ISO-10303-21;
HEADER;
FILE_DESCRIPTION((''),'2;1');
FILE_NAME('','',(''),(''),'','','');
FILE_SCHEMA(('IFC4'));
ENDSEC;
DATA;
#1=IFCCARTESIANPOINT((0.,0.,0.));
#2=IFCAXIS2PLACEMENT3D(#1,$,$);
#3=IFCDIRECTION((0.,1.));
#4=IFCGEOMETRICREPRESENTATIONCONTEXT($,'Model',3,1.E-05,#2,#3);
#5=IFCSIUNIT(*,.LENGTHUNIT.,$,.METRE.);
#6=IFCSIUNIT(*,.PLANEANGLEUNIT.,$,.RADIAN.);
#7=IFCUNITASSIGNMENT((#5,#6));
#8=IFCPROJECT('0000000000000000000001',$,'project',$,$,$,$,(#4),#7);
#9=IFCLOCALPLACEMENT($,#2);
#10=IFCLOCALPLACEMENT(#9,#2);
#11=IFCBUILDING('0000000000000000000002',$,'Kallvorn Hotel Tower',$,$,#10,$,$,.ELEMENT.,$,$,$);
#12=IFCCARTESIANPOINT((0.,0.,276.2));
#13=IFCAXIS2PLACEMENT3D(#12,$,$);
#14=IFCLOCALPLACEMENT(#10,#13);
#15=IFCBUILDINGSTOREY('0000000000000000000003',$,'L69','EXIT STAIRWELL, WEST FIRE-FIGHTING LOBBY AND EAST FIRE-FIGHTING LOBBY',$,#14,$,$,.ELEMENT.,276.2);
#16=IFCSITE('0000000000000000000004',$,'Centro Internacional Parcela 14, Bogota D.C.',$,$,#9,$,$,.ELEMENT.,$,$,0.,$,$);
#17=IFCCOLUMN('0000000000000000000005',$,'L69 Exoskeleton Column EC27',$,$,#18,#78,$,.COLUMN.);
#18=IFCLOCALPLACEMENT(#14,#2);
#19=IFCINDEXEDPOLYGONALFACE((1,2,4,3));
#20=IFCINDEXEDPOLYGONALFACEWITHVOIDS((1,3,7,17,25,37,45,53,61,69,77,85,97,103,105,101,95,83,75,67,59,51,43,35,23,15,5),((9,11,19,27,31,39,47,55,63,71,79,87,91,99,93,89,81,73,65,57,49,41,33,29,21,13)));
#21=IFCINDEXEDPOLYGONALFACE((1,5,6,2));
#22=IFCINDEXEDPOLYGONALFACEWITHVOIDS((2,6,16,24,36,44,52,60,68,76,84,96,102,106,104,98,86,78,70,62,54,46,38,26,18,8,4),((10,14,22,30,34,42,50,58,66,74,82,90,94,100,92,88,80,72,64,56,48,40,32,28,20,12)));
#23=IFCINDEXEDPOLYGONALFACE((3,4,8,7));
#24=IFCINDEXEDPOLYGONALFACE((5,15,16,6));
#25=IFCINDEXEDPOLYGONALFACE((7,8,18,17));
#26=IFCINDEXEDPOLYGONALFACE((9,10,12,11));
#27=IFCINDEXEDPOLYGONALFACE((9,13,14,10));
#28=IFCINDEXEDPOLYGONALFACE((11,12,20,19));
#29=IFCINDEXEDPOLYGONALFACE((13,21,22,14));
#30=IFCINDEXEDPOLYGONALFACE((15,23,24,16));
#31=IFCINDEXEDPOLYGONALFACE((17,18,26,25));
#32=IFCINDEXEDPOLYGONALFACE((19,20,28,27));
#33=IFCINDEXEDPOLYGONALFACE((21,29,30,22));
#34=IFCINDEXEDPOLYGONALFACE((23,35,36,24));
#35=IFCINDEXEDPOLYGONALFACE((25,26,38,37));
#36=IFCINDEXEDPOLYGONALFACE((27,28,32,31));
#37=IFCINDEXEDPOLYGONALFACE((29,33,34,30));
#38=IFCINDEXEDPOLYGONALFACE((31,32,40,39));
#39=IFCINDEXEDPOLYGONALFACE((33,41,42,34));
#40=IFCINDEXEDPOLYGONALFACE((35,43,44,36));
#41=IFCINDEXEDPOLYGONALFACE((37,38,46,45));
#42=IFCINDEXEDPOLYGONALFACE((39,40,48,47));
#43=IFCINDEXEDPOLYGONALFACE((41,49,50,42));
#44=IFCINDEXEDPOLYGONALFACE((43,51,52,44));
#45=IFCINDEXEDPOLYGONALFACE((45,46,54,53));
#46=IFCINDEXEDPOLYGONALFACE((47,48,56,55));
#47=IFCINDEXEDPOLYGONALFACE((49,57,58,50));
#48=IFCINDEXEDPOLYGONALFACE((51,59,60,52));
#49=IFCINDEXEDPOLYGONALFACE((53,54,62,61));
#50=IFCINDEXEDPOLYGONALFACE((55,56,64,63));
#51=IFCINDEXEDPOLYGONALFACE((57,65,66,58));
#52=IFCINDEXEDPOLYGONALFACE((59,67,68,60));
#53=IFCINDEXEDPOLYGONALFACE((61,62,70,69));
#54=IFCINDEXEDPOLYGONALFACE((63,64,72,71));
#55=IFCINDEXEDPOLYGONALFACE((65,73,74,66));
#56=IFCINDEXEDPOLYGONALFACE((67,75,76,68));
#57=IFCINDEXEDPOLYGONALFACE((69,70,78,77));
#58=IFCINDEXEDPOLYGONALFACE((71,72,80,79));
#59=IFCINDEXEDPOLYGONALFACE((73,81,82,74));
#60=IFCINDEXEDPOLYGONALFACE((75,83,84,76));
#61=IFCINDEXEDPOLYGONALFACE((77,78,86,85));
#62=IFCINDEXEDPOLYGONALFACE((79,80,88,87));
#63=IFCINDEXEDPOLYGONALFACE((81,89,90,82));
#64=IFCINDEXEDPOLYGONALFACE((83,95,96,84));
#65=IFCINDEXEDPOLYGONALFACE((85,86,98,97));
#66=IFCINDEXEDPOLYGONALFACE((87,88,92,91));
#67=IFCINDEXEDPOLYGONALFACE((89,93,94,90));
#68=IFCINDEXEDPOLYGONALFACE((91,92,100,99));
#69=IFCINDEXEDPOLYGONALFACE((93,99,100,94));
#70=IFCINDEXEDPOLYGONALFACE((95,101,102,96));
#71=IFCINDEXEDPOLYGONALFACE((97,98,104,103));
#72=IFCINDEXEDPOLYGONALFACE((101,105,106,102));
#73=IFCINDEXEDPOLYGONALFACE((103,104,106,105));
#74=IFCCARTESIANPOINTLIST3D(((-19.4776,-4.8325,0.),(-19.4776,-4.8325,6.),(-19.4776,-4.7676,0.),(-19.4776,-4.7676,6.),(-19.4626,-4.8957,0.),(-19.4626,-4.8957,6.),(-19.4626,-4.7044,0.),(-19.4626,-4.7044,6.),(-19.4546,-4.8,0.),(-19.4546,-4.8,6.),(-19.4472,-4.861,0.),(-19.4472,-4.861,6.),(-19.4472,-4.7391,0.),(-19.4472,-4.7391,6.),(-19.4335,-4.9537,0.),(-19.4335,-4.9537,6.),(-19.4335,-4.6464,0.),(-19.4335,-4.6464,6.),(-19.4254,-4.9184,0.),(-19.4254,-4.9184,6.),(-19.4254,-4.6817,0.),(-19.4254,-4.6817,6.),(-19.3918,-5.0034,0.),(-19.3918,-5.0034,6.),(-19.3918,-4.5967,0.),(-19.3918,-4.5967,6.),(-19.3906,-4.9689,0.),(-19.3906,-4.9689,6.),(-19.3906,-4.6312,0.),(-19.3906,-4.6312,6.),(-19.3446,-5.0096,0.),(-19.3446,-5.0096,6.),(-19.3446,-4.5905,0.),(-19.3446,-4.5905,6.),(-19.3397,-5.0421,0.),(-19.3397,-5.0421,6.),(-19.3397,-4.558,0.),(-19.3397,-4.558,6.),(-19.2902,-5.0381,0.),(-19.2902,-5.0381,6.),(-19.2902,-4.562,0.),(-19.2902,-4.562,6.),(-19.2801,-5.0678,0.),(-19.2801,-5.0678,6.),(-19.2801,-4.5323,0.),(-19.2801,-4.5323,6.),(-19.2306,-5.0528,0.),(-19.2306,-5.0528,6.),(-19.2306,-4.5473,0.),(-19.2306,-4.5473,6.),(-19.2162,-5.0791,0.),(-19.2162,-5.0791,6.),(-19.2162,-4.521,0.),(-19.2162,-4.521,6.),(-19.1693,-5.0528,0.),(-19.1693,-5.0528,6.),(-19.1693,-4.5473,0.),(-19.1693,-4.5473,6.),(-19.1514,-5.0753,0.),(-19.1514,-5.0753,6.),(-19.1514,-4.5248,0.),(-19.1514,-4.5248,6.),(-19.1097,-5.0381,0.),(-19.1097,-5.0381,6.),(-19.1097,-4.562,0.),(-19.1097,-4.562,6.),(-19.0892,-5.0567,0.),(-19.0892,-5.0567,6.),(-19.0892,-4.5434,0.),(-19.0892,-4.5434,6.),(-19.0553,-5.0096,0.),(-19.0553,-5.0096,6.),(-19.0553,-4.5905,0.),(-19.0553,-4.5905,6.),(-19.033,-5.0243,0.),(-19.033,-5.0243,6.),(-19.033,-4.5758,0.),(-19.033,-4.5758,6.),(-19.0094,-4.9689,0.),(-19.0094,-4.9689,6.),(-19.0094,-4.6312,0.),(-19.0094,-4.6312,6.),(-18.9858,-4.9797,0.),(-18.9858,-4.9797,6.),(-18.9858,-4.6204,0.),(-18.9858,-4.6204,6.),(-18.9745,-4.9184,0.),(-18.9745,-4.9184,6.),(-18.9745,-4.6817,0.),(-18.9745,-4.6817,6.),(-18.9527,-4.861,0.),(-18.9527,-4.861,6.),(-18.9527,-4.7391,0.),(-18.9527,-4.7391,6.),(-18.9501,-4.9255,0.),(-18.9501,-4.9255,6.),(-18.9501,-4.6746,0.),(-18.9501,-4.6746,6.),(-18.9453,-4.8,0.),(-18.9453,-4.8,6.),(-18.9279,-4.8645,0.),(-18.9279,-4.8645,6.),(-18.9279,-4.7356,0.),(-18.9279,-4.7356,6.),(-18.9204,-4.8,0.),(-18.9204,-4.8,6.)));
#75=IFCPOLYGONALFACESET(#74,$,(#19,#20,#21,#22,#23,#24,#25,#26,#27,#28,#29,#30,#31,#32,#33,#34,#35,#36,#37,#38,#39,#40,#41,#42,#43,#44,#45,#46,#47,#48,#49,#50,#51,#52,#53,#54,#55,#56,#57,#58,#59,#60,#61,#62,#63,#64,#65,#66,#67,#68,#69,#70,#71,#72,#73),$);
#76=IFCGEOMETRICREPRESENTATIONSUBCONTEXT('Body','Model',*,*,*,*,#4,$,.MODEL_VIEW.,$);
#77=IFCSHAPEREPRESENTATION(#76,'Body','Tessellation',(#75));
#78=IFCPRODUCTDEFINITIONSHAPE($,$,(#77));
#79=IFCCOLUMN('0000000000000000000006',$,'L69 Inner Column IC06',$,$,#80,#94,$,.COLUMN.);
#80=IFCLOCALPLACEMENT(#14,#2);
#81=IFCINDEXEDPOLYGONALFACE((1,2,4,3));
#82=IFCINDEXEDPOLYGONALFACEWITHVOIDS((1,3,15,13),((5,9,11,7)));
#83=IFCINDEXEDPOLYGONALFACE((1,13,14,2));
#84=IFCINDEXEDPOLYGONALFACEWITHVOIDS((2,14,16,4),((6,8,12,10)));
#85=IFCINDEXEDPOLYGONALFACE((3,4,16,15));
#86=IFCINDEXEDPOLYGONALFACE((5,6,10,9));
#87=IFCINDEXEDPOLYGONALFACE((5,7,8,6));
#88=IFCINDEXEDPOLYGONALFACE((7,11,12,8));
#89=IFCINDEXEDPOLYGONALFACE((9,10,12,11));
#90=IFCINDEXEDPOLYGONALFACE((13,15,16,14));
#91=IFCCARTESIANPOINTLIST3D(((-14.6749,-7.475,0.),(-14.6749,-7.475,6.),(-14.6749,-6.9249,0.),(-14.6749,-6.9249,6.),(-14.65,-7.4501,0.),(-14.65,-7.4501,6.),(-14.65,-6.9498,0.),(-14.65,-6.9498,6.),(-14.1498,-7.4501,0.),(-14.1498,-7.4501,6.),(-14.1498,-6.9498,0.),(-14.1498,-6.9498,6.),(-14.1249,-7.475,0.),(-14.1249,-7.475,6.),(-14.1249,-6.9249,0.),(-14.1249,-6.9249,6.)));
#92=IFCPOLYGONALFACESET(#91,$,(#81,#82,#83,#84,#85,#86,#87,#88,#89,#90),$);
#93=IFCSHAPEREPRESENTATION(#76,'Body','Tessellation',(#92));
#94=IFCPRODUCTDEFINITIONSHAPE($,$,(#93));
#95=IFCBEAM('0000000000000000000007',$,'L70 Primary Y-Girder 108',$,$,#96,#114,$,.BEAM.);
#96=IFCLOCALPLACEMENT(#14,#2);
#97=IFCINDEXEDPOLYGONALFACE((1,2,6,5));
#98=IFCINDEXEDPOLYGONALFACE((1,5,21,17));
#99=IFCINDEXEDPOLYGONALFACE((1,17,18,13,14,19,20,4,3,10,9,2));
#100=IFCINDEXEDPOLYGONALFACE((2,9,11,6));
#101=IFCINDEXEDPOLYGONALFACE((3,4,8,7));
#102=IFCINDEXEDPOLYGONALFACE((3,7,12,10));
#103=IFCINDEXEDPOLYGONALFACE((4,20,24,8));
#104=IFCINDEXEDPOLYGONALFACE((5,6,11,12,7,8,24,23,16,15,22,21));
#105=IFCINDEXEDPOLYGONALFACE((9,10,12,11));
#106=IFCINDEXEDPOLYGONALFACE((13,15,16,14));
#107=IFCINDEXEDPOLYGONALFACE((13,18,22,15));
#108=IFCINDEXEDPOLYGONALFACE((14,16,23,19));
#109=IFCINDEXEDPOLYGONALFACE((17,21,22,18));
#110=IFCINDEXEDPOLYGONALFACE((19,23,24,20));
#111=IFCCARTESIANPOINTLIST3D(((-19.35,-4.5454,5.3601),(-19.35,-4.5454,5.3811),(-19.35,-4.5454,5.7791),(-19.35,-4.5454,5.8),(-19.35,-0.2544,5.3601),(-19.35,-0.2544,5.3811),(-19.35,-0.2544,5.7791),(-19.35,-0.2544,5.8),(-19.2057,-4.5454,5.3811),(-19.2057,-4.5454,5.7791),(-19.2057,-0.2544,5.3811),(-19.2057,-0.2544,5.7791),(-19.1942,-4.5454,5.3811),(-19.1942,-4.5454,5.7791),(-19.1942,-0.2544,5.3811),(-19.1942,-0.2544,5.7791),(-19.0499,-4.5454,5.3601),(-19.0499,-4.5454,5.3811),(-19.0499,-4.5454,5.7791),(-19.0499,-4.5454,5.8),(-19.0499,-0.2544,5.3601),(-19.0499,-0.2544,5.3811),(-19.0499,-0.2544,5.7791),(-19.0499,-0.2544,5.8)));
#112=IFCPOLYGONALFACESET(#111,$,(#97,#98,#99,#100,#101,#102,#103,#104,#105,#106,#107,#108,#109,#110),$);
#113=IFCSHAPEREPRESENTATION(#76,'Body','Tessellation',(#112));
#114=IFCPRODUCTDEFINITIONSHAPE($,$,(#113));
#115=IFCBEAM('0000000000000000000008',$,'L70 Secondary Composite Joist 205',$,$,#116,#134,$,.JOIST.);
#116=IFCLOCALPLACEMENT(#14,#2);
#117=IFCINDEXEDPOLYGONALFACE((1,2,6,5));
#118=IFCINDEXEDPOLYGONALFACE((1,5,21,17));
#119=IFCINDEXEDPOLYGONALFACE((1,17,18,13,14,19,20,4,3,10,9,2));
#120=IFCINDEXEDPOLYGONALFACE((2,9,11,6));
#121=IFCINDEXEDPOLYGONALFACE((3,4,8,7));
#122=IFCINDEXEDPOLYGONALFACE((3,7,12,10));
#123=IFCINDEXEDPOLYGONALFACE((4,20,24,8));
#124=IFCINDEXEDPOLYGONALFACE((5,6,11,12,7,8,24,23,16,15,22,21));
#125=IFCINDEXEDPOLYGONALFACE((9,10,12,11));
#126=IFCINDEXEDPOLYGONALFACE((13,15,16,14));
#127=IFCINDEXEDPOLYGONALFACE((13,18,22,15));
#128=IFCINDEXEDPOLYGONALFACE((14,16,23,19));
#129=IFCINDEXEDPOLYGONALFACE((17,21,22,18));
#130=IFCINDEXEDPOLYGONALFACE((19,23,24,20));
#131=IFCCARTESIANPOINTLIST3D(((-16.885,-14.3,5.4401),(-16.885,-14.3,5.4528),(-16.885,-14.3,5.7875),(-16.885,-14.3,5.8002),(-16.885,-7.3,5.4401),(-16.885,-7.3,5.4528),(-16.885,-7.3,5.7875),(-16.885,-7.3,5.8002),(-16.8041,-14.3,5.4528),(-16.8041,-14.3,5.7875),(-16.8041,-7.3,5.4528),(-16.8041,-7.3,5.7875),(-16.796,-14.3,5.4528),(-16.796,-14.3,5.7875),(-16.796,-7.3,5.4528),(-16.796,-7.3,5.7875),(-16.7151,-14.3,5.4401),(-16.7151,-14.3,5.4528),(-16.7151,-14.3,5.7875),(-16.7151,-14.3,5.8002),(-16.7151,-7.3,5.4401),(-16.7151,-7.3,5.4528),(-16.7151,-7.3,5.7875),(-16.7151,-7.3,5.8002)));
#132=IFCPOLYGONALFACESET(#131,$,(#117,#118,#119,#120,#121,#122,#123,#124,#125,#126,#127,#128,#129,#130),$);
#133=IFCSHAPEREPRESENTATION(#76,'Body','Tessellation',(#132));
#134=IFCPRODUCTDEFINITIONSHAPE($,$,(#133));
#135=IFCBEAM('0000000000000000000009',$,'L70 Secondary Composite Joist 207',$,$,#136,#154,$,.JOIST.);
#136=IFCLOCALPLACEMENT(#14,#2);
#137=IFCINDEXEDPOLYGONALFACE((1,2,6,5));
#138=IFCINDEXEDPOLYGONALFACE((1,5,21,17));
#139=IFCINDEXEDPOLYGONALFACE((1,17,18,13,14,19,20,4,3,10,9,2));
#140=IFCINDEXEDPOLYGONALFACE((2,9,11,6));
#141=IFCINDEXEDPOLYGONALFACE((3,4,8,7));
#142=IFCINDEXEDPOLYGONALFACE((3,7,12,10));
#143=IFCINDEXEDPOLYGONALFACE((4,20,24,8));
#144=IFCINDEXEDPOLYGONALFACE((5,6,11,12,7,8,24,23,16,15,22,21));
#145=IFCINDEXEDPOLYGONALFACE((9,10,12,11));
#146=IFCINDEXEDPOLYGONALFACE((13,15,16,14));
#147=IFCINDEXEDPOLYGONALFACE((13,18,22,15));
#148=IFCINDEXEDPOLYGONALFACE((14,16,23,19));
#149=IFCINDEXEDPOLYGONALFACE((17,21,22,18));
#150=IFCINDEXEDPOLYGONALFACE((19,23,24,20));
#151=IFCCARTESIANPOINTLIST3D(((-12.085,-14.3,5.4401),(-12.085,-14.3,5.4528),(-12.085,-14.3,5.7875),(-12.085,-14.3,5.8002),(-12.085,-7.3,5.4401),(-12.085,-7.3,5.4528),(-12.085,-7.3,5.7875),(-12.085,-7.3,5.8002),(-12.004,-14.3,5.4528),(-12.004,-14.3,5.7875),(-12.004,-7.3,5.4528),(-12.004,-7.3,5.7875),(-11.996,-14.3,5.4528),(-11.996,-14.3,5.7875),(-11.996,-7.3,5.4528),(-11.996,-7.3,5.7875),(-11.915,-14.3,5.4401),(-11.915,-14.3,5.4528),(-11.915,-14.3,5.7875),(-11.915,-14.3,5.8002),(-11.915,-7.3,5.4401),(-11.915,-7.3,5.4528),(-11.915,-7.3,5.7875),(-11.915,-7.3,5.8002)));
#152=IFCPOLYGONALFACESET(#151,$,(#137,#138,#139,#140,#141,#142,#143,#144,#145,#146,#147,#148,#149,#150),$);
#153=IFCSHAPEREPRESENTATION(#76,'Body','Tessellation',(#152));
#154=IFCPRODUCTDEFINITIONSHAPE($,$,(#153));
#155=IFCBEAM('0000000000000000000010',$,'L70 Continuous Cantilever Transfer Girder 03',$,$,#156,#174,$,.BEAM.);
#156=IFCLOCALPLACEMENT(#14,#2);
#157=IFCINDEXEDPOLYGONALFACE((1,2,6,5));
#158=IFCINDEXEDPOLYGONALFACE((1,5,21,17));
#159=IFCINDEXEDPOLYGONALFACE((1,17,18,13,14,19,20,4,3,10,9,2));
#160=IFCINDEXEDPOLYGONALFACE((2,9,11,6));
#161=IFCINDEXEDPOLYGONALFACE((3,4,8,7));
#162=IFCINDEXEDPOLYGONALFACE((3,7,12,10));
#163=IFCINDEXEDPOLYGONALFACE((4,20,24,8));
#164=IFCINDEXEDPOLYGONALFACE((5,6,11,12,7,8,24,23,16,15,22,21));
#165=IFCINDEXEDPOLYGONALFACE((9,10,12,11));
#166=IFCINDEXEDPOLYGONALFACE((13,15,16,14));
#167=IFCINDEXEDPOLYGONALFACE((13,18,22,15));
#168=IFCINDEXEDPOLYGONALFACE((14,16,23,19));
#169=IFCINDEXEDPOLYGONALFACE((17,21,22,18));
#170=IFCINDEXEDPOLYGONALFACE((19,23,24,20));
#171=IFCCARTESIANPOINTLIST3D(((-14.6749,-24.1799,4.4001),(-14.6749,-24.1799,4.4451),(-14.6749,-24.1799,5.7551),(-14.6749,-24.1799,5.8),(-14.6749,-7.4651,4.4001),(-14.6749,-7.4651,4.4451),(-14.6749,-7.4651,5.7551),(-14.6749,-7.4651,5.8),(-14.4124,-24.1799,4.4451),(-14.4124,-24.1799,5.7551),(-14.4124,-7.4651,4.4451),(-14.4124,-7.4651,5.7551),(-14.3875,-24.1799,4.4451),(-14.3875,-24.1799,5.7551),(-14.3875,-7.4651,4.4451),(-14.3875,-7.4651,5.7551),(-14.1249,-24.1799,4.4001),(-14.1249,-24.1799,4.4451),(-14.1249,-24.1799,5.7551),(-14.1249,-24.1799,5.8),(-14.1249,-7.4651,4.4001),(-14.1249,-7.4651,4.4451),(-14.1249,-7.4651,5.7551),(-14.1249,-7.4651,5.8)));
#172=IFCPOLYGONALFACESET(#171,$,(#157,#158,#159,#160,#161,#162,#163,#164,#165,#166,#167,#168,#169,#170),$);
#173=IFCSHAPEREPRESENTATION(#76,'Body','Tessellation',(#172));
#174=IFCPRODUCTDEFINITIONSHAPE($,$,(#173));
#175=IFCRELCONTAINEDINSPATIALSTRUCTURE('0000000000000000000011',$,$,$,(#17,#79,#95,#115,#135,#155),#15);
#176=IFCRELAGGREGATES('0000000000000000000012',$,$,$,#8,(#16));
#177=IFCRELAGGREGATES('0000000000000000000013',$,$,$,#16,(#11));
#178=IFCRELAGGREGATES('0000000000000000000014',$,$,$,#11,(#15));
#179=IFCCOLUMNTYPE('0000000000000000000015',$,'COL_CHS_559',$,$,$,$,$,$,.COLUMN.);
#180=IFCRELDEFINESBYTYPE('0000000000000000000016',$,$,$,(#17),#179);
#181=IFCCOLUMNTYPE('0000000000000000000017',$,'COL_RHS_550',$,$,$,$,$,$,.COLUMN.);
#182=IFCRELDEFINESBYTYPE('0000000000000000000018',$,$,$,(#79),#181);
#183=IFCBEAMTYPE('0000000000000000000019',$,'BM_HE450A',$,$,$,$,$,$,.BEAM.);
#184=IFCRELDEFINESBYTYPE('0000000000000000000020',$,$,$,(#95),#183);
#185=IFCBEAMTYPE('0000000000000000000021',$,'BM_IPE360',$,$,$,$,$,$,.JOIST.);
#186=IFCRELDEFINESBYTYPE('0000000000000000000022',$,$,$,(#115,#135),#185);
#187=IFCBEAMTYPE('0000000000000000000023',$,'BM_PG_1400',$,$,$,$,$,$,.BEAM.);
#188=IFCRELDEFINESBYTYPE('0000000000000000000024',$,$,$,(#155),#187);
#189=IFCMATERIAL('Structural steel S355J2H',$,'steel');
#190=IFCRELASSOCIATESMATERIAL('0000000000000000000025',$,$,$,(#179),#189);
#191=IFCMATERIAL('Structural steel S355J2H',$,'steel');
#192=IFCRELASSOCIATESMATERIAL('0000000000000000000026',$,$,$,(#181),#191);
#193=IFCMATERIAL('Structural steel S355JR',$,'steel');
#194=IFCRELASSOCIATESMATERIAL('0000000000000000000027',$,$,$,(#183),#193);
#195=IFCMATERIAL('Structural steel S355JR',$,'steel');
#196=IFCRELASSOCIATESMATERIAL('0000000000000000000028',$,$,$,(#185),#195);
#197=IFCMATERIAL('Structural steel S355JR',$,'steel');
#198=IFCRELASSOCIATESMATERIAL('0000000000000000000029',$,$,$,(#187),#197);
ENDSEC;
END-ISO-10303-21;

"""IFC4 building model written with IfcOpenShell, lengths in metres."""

from ifc_helpers import new_model, si_unit, direction, frame, origin, origin_2d, place, context, subcontext, project, spatial, hollow_rectangle, hollow_circle, i_section, extrude, material, material_profile, profile_set, type_object, element, save


model = new_model("IFC4")

# Units and contexts
model_context = context("Model", 3, precision=1e-05, world=origin(), true_north=direction((0.0, 1.0)))
body_context = subcontext(model_context, "Body", "Model", "MODEL_VIEW")
ifc_project = project(units=[si_unit("LENGTHUNIT", "METRE"), si_unit("PLANEANGLEUNIT", "RADIAN")], contexts=[model_context])

# Site, building, storey
site_placement = place(None, origin())
site = spatial("IfcSite", under=ifc_project, at=site_placement, Name="Centro Internacional Parcela 14, Bogota D.C.", CompositionType="ELEMENT", RefElevation=0.0)
building_placement = place(site_placement, origin())
building = spatial("IfcBuilding", under=site, at=building_placement, Name="Kallvorn Hotel Tower", CompositionType="ELEMENT")
storey_placement = place(building_placement, frame((0.0, 0.0, 276.2)))
storey = spatial("IfcBuildingStorey", under=building, at=storey_placement, Name="L69", Description="EXIT STAIRWELL, WEST FIRE-FIGHTING LOBBY AND EAST FIRE-FIGHTING LOBBY", CompositionType="ELEMENT", Elevation=276.2)

# Columns
ifc_material_1 = material(Name="Structural steel S355J2H", Category="steel")
ifc_material_profile_1 = material_profile(ifc_material_1, hollow_circle(Radius=0.2795, WallThickness=0.0249, at=origin_2d()), Name="CHS 559x25")
ifc_profile_set_1 = profile_set([ifc_material_profile_1], Name="Structural steel S355J2H")
column_type_1 = type_object("IfcColumnType", Name="COL_CHS_559", PredefinedType="COLUMN", material=ifc_profile_set_1)
column_1_placement = place(storey_placement, frame((-19.2, -4.8, 0.0), z_axis=(0.0, 0.0, 1.0), x_axis=(1.0, 0.0, 0.0)))
element("IfcColumn", 1, at=column_1_placement, inside=storey, type_object=column_type_1, Name="L69 Exoskeleton Column EC27", PredefinedType="COLUMN", context=body_context, shape_type="SweptSolid", body=[
    extrude(hollow_circle(Radius=0.2795, WallThickness=0.0249, at=origin_2d()), origin(), (0.0, 0.0, 1.0), 6.0),
])
ifc_material_2 = material(Name="Structural steel S355J2H", Category="steel")
ifc_material_profile_2 = material_profile(ifc_material_2, hollow_rectangle(XDim=0.55, YDim=0.55, WallThickness=0.0249, at=origin_2d()), Name="RHS 550x550x25")
ifc_profile_set_2 = profile_set([ifc_material_profile_2], Name="Structural steel S355J2H")
column_type_2 = type_object("IfcColumnType", Name="COL_RHS_550", PredefinedType="COLUMN", material=ifc_profile_set_2)
column_2_placement = place(storey_placement, frame((-14.3999, -7.2, 0.0), z_axis=(0.0, 0.0, 1.0), x_axis=(1.0, 0.0, 0.0)))
element("IfcColumn", 2, at=column_2_placement, inside=storey, type_object=column_type_2, Name="L69 Inner Column IC06", PredefinedType="COLUMN", context=body_context, shape_type="SweptSolid", body=[
    extrude(hollow_rectangle(XDim=0.55, YDim=0.55, WallThickness=0.0249, at=origin_2d()), origin(), (0.0, 0.0, 1.0), 6.0),
])

# Beams
ifc_material_3 = material(Name="Structural steel S355JR", Category="steel")
ifc_material_profile_3 = material_profile(ifc_material_3, i_section(OverallWidth=0.3, OverallDepth=0.4399, WebThickness=0.0115, FlangeThickness=0.021, at=origin_2d()), Name="HE 450 A")
ifc_profile_set_3 = profile_set([ifc_material_profile_3], Name="Structural steel S355JR")
beam_type_1 = type_object("IfcBeamType", Name="BM_HE450A", PredefinedType="BEAM", material=ifc_profile_set_3)
beam_1_placement = place(storey_placement, frame((-19.2, -4.5454, 5.5801), z_axis=(0.0, 1.0, 0.0), x_axis=(-1.0, 0.0, 0.0)))
element("IfcBeam", 3, at=beam_1_placement, inside=storey, type_object=beam_type_1, Name="L70 Primary Y-Girder 108", PredefinedType="BEAM", context=body_context, shape_type="SweptSolid", body=[
    extrude(i_section(OverallWidth=0.3, OverallDepth=0.4399, WebThickness=0.0115, FlangeThickness=0.021, at=origin_2d()), origin(), (0.0, 0.0, 1.0), 4.291),
])
ifc_material_4 = material(Name="Structural steel S355JR", Category="steel")
ifc_material_profile_4 = material_profile(ifc_material_4, i_section(OverallWidth=0.1699, OverallDepth=0.3601, WebThickness=0.0081, FlangeThickness=0.0127, at=origin_2d()), Name="IPE 360")
ifc_profile_set_4 = profile_set([ifc_material_profile_4], Name="Structural steel S355JR")
beam_type_2 = type_object("IfcBeamType", Name="BM_IPE360", PredefinedType="JOIST", material=ifc_profile_set_4)
for number, where, z_axis, x_axis, name in (
    (4, (-16.8, -14.3, 5.6201), (0.0, 1.0, 0.0), (-1.0, 0.0, 0.0), "L70 Secondary Composite Joist 205"),
    (5, (-12.0, -14.3, 5.6201), (0.0, 1.0, 0.0), (-1.0, 0.0, 0.0), "L70 Secondary Composite Joist 207"),
):
    element("IfcBeam", number, at=place(storey_placement, frame(where, z_axis=z_axis, x_axis=x_axis)), inside=storey, type_object=beam_type_2, Name=name, PredefinedType="JOIST", context=body_context, shape_type="SweptSolid", body=[
        extrude(i_section(OverallWidth=0.1699, OverallDepth=0.3601, WebThickness=0.0081, FlangeThickness=0.0127, at=origin_2d()), origin(), (0.0, 0.0, 1.0), 7.0),
    ])
ifc_material_5 = material(Name="Structural steel S355JR", Category="steel")
ifc_material_profile_5 = material_profile(ifc_material_5, i_section(OverallWidth=0.55, OverallDepth=1.3999, WebThickness=0.0249, FlangeThickness=0.0449, at=origin_2d()), Name="PG 1400x550x25x45")
ifc_profile_set_5 = profile_set([ifc_material_profile_5], Name="Structural steel S355JR")
beam_type_3 = type_object("IfcBeamType", Name="BM_PG_1400", PredefinedType="BEAM", material=ifc_profile_set_5)
beam_2_placement = place(storey_placement, frame((-14.3999, -7.4651, 5.1001), z_axis=(0.0, -1.0, 0.0), x_axis=(1.0, 0.0, 0.0)))
element("IfcBeam", 6, at=beam_2_placement, inside=storey, type_object=beam_type_3, Name="L70 Continuous Cantilever Transfer Girder 03", PredefinedType="BEAM", context=body_context, shape_type="SweptSolid", body=[
    extrude(i_section(OverallWidth=0.55, OverallDepth=1.3999, WebThickness=0.0249, FlangeThickness=0.0449, at=origin_2d()), origin(), (0.0, 0.0, 1.0), 16.7148),
])

save(model, "model.ifc")
